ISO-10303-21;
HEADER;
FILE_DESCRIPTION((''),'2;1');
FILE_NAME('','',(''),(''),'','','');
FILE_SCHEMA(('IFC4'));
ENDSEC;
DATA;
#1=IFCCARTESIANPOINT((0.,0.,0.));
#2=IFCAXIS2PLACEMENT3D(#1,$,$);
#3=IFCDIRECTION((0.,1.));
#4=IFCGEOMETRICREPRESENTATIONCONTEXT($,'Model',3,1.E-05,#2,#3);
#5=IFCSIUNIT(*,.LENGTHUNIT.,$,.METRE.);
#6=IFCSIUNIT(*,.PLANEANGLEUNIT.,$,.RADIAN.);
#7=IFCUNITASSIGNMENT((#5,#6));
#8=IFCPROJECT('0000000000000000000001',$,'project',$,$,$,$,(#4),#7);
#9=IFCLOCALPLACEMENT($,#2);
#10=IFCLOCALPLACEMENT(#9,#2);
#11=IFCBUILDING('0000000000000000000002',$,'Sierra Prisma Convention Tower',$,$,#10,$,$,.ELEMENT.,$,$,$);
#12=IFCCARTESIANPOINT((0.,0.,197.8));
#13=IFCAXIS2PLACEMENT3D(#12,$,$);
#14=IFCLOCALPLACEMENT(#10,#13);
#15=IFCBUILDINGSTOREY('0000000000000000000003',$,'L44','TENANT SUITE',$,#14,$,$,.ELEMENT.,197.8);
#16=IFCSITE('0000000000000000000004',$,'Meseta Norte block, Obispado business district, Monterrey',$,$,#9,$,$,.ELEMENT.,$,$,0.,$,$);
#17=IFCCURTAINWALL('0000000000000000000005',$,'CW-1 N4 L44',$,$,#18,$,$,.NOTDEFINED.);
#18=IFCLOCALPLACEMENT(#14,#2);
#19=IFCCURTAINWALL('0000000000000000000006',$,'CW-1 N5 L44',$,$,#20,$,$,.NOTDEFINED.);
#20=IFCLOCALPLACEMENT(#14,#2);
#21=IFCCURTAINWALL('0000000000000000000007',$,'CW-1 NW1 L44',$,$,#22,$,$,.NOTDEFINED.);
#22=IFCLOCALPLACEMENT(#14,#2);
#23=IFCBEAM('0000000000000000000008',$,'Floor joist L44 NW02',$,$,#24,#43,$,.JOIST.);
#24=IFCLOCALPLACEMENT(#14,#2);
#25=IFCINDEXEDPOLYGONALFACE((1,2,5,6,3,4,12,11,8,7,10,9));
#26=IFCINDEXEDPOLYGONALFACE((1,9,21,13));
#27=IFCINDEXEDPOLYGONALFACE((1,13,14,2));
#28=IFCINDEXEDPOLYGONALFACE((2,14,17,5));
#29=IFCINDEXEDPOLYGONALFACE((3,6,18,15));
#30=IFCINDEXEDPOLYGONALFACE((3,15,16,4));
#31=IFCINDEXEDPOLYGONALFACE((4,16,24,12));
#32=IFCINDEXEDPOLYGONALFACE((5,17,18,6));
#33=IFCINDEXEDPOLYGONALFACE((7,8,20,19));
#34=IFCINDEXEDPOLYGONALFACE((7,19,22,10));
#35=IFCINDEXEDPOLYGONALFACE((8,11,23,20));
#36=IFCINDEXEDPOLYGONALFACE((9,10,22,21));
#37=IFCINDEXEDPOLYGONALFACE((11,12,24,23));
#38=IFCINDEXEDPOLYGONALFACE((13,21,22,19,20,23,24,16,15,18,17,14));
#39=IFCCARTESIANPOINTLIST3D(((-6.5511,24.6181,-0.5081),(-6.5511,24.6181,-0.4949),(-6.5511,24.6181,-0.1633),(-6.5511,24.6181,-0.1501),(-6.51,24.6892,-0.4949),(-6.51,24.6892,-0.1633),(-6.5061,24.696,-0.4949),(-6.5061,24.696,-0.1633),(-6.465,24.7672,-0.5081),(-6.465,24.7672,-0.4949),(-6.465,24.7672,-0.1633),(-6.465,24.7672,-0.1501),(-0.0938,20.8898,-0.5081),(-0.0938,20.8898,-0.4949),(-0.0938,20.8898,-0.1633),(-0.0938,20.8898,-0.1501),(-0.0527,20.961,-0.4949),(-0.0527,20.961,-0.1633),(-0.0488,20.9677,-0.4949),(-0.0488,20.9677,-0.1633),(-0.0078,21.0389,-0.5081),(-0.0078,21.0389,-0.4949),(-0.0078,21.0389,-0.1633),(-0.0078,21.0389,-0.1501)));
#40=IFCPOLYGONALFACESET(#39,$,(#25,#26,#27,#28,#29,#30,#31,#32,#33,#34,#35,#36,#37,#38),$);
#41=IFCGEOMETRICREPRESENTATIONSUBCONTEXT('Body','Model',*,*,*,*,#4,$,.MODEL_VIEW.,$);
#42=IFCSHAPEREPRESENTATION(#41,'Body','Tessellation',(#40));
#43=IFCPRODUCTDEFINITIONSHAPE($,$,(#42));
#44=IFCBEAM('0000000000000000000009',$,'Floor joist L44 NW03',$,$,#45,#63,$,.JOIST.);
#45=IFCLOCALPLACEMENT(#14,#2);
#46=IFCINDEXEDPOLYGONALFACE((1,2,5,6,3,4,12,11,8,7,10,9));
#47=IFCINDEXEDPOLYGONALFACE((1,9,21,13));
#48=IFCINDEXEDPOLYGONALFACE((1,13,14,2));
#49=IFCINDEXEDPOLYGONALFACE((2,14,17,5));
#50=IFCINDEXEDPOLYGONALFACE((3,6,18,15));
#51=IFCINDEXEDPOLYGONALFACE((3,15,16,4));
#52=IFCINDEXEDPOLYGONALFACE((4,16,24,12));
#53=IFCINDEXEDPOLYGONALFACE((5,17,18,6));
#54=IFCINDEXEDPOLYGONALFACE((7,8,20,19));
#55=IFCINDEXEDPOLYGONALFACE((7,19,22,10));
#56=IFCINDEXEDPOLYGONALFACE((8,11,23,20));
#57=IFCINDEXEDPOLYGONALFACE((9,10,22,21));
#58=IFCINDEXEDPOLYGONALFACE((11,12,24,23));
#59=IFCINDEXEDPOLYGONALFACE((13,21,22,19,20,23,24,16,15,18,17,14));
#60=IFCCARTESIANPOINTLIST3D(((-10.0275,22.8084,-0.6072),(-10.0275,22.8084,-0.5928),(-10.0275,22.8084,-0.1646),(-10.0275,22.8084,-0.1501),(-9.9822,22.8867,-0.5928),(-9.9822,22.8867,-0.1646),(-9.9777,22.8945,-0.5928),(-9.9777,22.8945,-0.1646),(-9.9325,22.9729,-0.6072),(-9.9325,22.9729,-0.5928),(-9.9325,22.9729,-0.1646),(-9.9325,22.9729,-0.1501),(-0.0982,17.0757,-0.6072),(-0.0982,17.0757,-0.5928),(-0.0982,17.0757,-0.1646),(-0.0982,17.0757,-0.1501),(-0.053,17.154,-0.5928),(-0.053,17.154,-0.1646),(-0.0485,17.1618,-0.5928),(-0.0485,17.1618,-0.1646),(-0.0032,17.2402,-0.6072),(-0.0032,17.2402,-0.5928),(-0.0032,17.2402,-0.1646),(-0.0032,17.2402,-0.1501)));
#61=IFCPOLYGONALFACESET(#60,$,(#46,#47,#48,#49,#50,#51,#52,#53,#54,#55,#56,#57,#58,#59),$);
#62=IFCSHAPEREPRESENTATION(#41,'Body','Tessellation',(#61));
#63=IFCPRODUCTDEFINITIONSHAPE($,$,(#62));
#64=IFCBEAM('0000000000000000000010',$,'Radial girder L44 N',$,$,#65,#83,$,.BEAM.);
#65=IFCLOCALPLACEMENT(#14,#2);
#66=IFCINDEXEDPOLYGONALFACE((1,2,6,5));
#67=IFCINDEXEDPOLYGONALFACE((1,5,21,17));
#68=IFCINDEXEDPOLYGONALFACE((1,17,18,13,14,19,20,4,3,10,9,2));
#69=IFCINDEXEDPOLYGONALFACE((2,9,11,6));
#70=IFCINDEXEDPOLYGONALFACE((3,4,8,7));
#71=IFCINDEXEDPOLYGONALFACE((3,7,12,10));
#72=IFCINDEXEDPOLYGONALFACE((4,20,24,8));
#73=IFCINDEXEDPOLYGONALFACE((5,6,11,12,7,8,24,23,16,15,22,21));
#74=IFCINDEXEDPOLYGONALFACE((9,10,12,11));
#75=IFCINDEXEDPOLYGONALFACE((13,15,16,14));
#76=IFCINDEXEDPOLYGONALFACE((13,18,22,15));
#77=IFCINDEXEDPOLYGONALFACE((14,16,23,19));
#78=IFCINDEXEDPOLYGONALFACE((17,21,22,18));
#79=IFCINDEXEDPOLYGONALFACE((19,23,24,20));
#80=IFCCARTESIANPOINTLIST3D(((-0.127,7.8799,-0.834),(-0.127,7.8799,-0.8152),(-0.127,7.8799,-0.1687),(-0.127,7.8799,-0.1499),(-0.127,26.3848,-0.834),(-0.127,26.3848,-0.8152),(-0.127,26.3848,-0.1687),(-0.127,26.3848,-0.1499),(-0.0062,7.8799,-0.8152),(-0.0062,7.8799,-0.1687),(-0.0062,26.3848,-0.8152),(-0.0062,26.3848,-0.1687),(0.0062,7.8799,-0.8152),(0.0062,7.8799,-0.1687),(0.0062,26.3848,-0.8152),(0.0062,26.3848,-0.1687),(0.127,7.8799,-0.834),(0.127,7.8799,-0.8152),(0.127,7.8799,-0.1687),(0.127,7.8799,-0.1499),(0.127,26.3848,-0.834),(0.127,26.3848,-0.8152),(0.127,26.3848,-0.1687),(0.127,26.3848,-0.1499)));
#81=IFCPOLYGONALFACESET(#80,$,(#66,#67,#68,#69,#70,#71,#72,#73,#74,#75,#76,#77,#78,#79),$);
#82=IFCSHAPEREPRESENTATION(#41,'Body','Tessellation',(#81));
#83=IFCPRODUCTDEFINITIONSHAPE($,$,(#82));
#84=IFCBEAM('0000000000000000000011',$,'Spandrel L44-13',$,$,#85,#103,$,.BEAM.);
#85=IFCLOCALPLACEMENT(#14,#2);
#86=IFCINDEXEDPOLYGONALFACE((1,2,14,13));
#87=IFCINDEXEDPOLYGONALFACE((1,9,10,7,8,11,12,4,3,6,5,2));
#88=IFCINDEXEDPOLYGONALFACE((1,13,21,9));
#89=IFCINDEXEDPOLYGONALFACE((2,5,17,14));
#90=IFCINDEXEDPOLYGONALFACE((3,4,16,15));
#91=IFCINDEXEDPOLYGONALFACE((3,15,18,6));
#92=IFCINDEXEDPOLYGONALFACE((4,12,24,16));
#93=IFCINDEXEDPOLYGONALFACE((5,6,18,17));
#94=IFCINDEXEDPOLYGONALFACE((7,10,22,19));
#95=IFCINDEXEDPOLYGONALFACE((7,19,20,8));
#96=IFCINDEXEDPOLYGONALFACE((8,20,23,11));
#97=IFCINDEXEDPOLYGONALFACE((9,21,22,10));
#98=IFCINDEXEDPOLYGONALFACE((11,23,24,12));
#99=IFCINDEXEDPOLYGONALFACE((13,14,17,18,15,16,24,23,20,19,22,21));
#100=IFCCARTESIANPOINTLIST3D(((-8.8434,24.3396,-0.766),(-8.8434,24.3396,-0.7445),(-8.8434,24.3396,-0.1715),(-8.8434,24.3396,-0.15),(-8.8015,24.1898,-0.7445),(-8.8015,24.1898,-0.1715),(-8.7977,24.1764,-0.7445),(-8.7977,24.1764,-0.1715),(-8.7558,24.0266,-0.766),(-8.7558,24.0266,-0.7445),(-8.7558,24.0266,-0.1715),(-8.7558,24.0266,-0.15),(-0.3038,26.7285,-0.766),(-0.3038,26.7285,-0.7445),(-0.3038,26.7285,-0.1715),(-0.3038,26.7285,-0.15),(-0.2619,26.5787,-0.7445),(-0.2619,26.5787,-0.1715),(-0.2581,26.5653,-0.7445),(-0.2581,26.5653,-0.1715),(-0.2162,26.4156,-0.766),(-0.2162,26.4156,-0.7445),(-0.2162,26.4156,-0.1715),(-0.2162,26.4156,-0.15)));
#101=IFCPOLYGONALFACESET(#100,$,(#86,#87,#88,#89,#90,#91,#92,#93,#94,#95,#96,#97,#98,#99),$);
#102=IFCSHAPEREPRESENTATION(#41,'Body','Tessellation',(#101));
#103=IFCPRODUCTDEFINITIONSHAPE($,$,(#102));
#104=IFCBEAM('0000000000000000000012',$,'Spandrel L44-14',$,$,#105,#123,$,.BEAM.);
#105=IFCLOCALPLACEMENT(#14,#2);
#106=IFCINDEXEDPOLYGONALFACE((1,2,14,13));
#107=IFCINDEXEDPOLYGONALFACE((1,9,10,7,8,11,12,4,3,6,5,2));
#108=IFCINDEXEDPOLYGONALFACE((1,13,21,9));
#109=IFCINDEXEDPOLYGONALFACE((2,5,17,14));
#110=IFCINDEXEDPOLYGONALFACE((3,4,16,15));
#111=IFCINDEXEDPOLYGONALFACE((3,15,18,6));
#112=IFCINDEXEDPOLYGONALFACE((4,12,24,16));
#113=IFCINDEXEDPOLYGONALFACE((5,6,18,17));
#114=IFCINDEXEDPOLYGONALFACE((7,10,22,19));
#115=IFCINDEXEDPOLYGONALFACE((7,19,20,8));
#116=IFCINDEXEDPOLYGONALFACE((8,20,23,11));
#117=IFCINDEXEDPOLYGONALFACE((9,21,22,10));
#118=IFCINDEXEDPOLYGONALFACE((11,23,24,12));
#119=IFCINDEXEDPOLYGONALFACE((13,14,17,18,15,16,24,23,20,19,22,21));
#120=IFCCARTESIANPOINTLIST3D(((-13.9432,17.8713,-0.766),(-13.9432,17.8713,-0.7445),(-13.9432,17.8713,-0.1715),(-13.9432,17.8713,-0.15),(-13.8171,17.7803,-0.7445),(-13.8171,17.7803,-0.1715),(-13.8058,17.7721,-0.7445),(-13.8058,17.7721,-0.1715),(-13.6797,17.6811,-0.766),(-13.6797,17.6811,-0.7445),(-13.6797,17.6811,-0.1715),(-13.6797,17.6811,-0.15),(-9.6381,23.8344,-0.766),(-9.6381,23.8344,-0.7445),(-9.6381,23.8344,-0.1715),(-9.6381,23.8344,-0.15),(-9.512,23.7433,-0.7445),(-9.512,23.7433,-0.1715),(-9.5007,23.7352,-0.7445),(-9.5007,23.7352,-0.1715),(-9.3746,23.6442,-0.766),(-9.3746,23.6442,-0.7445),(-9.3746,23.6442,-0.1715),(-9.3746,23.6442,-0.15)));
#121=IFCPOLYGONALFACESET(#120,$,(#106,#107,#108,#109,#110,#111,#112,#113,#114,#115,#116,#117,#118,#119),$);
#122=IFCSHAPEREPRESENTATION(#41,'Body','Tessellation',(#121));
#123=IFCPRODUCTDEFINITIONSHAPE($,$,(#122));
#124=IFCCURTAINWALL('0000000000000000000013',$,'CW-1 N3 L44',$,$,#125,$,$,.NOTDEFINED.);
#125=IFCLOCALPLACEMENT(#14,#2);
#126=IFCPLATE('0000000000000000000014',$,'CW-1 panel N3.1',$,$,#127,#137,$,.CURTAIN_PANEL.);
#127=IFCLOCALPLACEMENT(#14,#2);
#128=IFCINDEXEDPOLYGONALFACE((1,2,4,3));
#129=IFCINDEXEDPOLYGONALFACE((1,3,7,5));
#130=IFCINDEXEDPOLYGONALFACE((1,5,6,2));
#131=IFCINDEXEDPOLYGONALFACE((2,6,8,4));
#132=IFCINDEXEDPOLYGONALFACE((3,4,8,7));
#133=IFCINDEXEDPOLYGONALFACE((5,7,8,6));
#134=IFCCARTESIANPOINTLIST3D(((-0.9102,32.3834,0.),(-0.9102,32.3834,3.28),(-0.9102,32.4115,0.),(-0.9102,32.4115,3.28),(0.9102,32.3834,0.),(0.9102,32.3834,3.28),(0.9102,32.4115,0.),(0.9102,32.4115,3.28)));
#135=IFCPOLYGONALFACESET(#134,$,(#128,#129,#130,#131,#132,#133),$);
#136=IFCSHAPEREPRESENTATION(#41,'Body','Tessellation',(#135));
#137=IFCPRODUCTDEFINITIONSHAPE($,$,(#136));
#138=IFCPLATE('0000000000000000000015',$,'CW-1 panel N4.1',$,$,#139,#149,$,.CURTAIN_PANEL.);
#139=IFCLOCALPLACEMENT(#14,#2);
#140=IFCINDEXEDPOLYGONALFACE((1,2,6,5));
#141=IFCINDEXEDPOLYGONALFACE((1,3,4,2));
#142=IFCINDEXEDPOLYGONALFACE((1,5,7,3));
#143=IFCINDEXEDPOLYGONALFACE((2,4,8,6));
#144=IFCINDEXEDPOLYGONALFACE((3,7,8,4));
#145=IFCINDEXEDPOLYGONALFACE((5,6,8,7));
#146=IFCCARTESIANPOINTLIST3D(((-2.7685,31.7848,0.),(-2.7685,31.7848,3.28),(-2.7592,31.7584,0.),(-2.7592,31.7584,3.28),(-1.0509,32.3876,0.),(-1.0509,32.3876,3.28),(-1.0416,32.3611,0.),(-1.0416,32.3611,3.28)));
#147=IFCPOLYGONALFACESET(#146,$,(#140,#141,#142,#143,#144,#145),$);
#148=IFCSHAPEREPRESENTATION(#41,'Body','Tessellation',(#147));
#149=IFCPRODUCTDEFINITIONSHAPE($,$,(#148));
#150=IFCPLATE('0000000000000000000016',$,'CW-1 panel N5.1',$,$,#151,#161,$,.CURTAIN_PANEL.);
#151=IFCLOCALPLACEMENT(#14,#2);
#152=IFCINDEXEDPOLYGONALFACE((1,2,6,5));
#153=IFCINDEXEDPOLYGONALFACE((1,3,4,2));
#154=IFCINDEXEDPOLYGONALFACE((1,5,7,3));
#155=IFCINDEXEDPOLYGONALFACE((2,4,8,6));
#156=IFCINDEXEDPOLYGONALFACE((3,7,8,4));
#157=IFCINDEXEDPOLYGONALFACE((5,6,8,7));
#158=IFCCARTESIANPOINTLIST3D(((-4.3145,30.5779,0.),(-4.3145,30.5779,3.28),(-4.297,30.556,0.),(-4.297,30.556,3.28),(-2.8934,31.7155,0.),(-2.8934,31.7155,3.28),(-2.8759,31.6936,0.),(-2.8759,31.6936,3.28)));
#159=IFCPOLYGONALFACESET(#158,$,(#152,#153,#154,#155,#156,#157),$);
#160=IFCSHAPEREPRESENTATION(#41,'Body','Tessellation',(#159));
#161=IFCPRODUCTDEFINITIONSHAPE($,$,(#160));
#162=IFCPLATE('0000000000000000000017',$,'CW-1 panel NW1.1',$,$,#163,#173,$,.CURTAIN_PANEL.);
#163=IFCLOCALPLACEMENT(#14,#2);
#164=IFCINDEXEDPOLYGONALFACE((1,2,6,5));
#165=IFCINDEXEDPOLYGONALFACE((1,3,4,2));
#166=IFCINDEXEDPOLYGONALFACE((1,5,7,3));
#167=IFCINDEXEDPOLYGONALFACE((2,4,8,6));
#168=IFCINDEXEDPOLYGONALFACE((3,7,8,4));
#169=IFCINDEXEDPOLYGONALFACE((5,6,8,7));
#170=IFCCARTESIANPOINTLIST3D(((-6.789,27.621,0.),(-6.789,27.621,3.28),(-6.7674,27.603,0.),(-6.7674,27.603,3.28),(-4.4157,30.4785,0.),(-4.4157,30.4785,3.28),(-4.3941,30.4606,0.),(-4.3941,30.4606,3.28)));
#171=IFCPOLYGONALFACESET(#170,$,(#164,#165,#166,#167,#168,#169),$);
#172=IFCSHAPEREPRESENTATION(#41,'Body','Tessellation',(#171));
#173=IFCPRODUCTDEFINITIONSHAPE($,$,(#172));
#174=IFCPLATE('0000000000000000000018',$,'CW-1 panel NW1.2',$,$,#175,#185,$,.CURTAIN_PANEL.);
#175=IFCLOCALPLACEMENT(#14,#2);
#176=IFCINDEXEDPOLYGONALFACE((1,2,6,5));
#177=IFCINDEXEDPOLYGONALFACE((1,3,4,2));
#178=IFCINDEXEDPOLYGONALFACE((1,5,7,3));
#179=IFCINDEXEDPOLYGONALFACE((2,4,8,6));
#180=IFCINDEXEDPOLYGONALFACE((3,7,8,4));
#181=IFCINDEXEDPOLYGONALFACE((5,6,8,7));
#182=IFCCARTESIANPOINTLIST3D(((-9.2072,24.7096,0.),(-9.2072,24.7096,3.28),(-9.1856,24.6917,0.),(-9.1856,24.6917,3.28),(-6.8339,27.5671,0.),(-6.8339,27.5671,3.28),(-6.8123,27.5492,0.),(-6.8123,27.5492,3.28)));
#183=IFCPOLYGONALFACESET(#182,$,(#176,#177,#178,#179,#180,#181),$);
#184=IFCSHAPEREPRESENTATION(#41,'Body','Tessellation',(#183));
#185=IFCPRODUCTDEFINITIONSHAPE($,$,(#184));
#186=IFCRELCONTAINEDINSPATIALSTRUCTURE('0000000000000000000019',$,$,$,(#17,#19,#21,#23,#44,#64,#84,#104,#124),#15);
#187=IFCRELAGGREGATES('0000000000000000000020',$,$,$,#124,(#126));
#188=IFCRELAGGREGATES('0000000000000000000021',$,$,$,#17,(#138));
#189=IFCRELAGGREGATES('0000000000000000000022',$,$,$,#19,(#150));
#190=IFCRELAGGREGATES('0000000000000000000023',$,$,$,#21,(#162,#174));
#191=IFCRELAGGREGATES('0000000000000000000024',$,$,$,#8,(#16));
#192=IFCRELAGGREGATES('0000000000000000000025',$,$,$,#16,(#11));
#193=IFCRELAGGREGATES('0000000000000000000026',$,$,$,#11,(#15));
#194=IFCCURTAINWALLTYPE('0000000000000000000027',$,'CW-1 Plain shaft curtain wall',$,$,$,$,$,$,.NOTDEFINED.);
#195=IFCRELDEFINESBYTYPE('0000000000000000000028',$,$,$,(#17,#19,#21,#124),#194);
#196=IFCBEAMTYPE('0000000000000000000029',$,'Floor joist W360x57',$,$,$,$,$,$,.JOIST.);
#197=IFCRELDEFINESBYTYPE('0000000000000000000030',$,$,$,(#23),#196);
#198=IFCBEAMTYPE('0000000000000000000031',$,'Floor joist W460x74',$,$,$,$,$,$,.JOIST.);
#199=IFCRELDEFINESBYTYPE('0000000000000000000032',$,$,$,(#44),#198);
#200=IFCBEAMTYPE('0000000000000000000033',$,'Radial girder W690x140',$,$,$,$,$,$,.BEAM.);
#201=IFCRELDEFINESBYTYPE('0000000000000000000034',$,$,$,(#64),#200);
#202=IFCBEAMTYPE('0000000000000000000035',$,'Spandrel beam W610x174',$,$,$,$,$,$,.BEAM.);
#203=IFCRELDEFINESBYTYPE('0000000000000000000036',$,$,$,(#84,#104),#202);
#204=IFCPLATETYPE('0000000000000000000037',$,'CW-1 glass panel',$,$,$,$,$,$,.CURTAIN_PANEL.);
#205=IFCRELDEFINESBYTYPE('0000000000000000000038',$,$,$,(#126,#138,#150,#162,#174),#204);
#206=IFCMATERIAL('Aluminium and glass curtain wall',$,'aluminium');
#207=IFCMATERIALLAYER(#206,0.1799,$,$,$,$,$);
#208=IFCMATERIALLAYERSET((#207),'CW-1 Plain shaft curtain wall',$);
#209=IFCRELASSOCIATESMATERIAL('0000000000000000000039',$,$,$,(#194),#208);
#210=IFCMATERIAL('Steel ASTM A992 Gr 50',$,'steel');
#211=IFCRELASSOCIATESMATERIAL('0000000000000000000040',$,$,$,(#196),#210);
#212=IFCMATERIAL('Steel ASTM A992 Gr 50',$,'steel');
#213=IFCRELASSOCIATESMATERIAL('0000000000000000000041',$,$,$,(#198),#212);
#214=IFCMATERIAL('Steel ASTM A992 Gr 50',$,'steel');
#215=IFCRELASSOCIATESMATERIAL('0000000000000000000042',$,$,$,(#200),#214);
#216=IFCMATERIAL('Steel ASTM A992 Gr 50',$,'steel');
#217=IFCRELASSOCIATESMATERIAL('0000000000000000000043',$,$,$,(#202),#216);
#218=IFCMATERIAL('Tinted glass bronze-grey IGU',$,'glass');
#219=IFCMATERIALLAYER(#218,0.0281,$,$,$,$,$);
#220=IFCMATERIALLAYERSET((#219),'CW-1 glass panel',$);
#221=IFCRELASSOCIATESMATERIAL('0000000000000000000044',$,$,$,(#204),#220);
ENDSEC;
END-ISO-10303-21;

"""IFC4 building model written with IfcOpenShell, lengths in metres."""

from ifc_helpers import new_model, si_unit, direction, frame, origin, origin_2d, place, context, subcontext, project, spatial, rectangle, i_section, extrude, material, layer, layer_set, material_profile, profile_set, type_object, element, aggregate, save


model = new_model("IFC4")

# Units and contexts
model_context = context("Model", 3, precision=1e-05, world=origin(), true_north=direction((0.0, 1.0)))
body_context = subcontext(model_context, "Body", "Model", "MODEL_VIEW")
ifc_project = project(units=[si_unit("LENGTHUNIT", "METRE"), si_unit("PLANEANGLEUNIT", "RADIAN")], contexts=[model_context])

# Site, building, storey
site_placement = place(None, origin())
site = spatial("IfcSite", under=ifc_project, at=site_placement, Name="Meseta Norte block, Obispado business district, Monterrey", CompositionType="ELEMENT", RefElevation=0.0)
building_placement = place(site_placement, origin())
building = spatial("IfcBuilding", under=site, at=building_placement, Name="Sierra Prisma Convention Tower", CompositionType="ELEMENT")
storey_placement = place(building_placement, frame((0.0, 0.0, 197.8)))
storey = spatial("IfcBuildingStorey", under=building, at=storey_placement, Name="L44", Description="TENANT SUITE", CompositionType="ELEMENT", Elevation=197.8)

# Curtain walls
ifc_material_1 = material(Name="Aluminium and glass curtain wall", Category="aluminium")
ifc_layer_1 = layer(ifc_material_1, 0.1799)
ifc_layer_set_1 = layer_set([ifc_layer_1], Name="CW-1 Plain shaft curtain wall")
curtain_wall_type = type_object("IfcCurtainWallType", Name="CW-1 Plain shaft curtain wall", PredefinedType="NOTDEFINED", material=ifc_layer_set_1)
curtain_wall_1_placement = place(storey_placement, origin())
curtain_wall_1 = element("IfcCurtainWall", 1, at=curtain_wall_1_placement, inside=storey, type_object=curtain_wall_type, Name="CW-1 N4 L44", PredefinedType="NOTDEFINED")
curtain_wall_2_placement = place(storey_placement, origin())
curtain_wall_2 = element("IfcCurtainWall", 2, at=curtain_wall_2_placement, inside=storey, type_object=curtain_wall_type, Name="CW-1 N5 L44", PredefinedType="NOTDEFINED")

# Curtain wall
curtain_wall_3_placement = place(storey_placement, origin())
curtain_wall_3 = element("IfcCurtainWall", 3, at=curtain_wall_3_placement, inside=storey, type_object=curtain_wall_type, Name="CW-1 NW1 L44", PredefinedType="NOTDEFINED")

# Beams
ifc_material_2 = material(Name="Steel ASTM A992 Gr 50", Category="steel")
ifc_material_profile_1 = material_profile(ifc_material_2, i_section(OverallWidth=0.1721, OverallDepth=0.3579, WebThickness=0.0078, FlangeThickness=0.0132, at=origin_2d()), Name="W360x57")
ifc_profile_set_1 = profile_set([ifc_material_profile_1], Name="Steel ASTM A992 Gr 50")
beam_type_1 = type_object("IfcBeamType", Name="Floor joist W360x57", PredefinedType="JOIST", material=ifc_profile_set_1)
beam_1_placement = place(storey_placement, frame((-6.5081, 24.6926, -0.3291), z_axis=(0.866016, -0.500016, 0.0), x_axis=(0.500016, 0.866016, 0.0)))
element("IfcBeam", 4, at=beam_1_placement, inside=storey, type_object=beam_type_1, Name="Floor joist L44 NW02", PredefinedType="JOIST", context=body_context, shape_type="SweptSolid", body=[
    extrude(i_section(OverallWidth=0.1721, OverallDepth=0.3579, WebThickness=0.0078, FlangeThickness=0.0132, at=origin_2d()), origin(), (0.0, 0.0, 1.0), 7.4563),
])
ifc_material_3 = material(Name="Steel ASTM A992 Gr 50", Category="steel")
ifc_material_profile_2 = material_profile(ifc_material_3, i_section(OverallWidth=0.1899, OverallDepth=0.457, WebThickness=0.009, FlangeThickness=0.0144, at=origin_2d()), Name="W460x74")
ifc_profile_set_2 = profile_set([ifc_material_profile_2], Name="Steel ASTM A992 Gr 50")
beam_type_2 = type_object("IfcBeamType", Name="Floor joist W460x74", PredefinedType="JOIST", material=ifc_profile_set_2)
beam_2_placement = place(storey_placement, frame((-9.98, 22.8906, -0.3787), z_axis=(0.866024, -0.500003, 0.0), x_axis=(0.500003, 0.866024, 0.0)))
element("IfcBeam", 5, at=beam_2_placement, inside=storey, type_object=beam_type_2, Name="Floor joist L44 NW03", PredefinedType="JOIST", context=body_context, shape_type="SweptSolid", body=[
    extrude(i_section(OverallWidth=0.1899, OverallDepth=0.457, WebThickness=0.009, FlangeThickness=0.0144, at=origin_2d()), origin(), (0.0, 0.0, 1.0), 11.4653),
])
ifc_material_4 = material(Name="Steel ASTM A992 Gr 50", Category="steel")
ifc_material_profile_3 = material_profile(ifc_material_4, i_section(OverallWidth=0.2539, OverallDepth=0.6841, WebThickness=0.0125, FlangeThickness=0.0188, at=origin_2d()), Name="W690x140")
ifc_profile_set_3 = profile_set([ifc_material_profile_3], Name="Steel ASTM A992 Gr 50")
beam_type_3 = type_object("IfcBeamType", Name="Radial girder W690x140", PredefinedType="BEAM", material=ifc_profile_set_3)
beam_3_placement = place(storey_placement, frame((0.0, 26.3848, -0.4919), z_axis=(0.0, -1.0, 0.0), x_axis=(1.0, 0.0, 0.0)))
element("IfcBeam", 6, at=beam_3_placement, inside=storey, type_object=beam_type_3, Name="Radial girder L44 N", PredefinedType="BEAM", context=body_context, shape_type="SweptSolid", body=[
    extrude(i_section(OverallWidth=0.2539, OverallDepth=0.6841, WebThickness=0.0125, FlangeThickness=0.0188, at=origin_2d()), origin(), (0.0, 0.0, 1.0), 18.5049),
])
ifc_material_5 = material(Name="Steel ASTM A992 Gr 50", Category="steel")
ifc_material_profile_4 = material_profile(ifc_material_5, i_section(OverallWidth=0.325, OverallDepth=0.616, WebThickness=0.0139, FlangeThickness=0.0215, at=origin_2d()), Name="W610x174")
ifc_profile_set_4 = profile_set([ifc_material_profile_4], Name="Steel ASTM A992 Gr 50")
beam_type_4 = type_object("IfcBeamType", Name="Spandrel beam W610x174", PredefinedType="BEAM", material=ifc_profile_set_4)
beam_4_placement = place(storey_placement, frame((-0.26, 26.572, -0.458), z_axis=(-0.963027, -0.269404, 0.0), x_axis=(0.269404, -0.963027, 0.0)))
element("IfcBeam", 7, at=beam_4_placement, inside=storey, type_object=beam_type_4, Name="Spandrel L44-13", PredefinedType="BEAM", context=body_context, shape_type="SweptSolid", body=[
    extrude(i_section(OverallWidth=0.325, OverallDepth=0.616, WebThickness=0.0139, FlangeThickness=0.0215, at=origin_2d()), origin(), (0.0, 0.0, 1.0), 8.8674),
])
beam_5_placement = place(storey_placement, frame((-9.5063, 23.7393, -0.458), z_axis=(-0.585354, -0.810778, 0.0), x_axis=(0.810778, -0.585354, 0.0)))
element("IfcBeam", 8, at=beam_5_placement, inside=storey, type_object=beam_type_4, Name="Spandrel L44-14", PredefinedType="BEAM", context=body_context, shape_type="SweptSolid", body=[
    extrude(i_section(OverallWidth=0.325, OverallDepth=0.616, WebThickness=0.0139, FlangeThickness=0.0215, at=origin_2d()), origin(), (0.0, 0.0, 1.0), 7.3547),
])

# Curtain wall, plate
curtain_wall_4_placement = place(storey_placement, origin())
curtain_wall_4 = element("IfcCurtainWall", 9, at=curtain_wall_4_placement, inside=storey, type_object=curtain_wall_type, Name="CW-1 N3 L44", PredefinedType="NOTDEFINED")
ifc_material_6 = material(Name="Tinted glass bronze-grey IGU", Category="glass")
ifc_layer_2 = layer(ifc_material_6, 0.0281)
ifc_layer_set_2 = layer_set([ifc_layer_2], Name="CW-1 glass panel")
plate_type = type_object("IfcPlateType", Name="CW-1 glass panel", PredefinedType="CURTAIN_PANEL", material=ifc_layer_set_2)
plate_1_placement = place(storey_placement, frame((0.0, 32.3975, 0.0), z_axis=(0.0, 0.0, 1.0), x_axis=(-1.0, 0.0, 0.0)))
plate_1 = element("IfcPlate", 10, at=plate_1_placement, type_object=plate_type, Name="CW-1 panel N3.1", PredefinedType="CURTAIN_PANEL", context=body_context, shape_type="SweptSolid", body=[
    extrude(rectangle(XDim=1.8203, YDim=0.0281, at=origin_2d()), origin(), (0.0, 0.0, 1.0), 3.28),
])
aggregate(curtain_wall_4, [plate_1])

# Plates
plate_2_placement = place(storey_placement, frame((-1.905, 32.073, 0.0), z_axis=(0.0, 0.0, 1.0), x_axis=(-0.943579, -0.331148, 0.0)))
plate_2 = element("IfcPlate", 11, at=plate_2_placement, type_object=plate_type, Name="CW-1 panel N4.1", PredefinedType="CURTAIN_PANEL", context=body_context, shape_type="SweptSolid", body=[
    extrude(rectangle(XDim=1.8203, YDim=0.0281, at=origin_2d()), origin(), (0.0, 0.0, 1.0), 3.28),
])
aggregate(curtain_wall_1, [plate_2])
plate_3_placement = place(storey_placement, frame((-3.5952, 31.1357, 0.0), z_axis=(0.0, 0.0, 1.0), x_axis=(-0.780682, -0.624929, 0.0)))
plate_3 = element("IfcPlate", 12, at=plate_3_placement, type_object=plate_type, Name="CW-1 panel N5.1", PredefinedType="CURTAIN_PANEL", context=body_context, shape_type="SweptSolid", body=[
    extrude(rectangle(XDim=1.8203, YDim=0.0281, at=origin_2d()), origin(), (0.0, 0.0, 1.0), 3.28),
])
aggregate(curtain_wall_2, [plate_3])
plate_4_placement = place(storey_placement, frame((-5.5916, 29.0408, 0.0), z_axis=(0.0, 0.0, 1.0), x_axis=(-0.638922, -0.769271, 0.0)))
plate_4 = element("IfcPlate", 13, at=plate_4_placement, type_object=plate_type, Name="CW-1 panel NW1.1", PredefinedType="CURTAIN_PANEL", context=body_context, shape_type="SweptSolid", body=[
    extrude(rectangle(XDim=3.7146, YDim=0.0281, at=origin_2d()), origin(), (0.0, 0.0, 1.0), 3.28),
])
plate_5_placement = place(storey_placement, frame((-8.0098, 26.1294, 0.0), z_axis=(0.0, 0.0, 1.0), x_axis=(-0.638922, -0.769271, 0.0)))
plate_5 = element("IfcPlate", 14, at=plate_5_placement, type_object=plate_type, Name="CW-1 panel NW1.2", PredefinedType="CURTAIN_PANEL", context=body_context, shape_type="SweptSolid", body=[
    extrude(rectangle(XDim=3.7146, YDim=0.0281, at=origin_2d()), origin(), (0.0, 0.0, 1.0), 3.28),
])
aggregate(curtain_wall_3, [plate_4, plate_5])

save(model, "model.ifc")
